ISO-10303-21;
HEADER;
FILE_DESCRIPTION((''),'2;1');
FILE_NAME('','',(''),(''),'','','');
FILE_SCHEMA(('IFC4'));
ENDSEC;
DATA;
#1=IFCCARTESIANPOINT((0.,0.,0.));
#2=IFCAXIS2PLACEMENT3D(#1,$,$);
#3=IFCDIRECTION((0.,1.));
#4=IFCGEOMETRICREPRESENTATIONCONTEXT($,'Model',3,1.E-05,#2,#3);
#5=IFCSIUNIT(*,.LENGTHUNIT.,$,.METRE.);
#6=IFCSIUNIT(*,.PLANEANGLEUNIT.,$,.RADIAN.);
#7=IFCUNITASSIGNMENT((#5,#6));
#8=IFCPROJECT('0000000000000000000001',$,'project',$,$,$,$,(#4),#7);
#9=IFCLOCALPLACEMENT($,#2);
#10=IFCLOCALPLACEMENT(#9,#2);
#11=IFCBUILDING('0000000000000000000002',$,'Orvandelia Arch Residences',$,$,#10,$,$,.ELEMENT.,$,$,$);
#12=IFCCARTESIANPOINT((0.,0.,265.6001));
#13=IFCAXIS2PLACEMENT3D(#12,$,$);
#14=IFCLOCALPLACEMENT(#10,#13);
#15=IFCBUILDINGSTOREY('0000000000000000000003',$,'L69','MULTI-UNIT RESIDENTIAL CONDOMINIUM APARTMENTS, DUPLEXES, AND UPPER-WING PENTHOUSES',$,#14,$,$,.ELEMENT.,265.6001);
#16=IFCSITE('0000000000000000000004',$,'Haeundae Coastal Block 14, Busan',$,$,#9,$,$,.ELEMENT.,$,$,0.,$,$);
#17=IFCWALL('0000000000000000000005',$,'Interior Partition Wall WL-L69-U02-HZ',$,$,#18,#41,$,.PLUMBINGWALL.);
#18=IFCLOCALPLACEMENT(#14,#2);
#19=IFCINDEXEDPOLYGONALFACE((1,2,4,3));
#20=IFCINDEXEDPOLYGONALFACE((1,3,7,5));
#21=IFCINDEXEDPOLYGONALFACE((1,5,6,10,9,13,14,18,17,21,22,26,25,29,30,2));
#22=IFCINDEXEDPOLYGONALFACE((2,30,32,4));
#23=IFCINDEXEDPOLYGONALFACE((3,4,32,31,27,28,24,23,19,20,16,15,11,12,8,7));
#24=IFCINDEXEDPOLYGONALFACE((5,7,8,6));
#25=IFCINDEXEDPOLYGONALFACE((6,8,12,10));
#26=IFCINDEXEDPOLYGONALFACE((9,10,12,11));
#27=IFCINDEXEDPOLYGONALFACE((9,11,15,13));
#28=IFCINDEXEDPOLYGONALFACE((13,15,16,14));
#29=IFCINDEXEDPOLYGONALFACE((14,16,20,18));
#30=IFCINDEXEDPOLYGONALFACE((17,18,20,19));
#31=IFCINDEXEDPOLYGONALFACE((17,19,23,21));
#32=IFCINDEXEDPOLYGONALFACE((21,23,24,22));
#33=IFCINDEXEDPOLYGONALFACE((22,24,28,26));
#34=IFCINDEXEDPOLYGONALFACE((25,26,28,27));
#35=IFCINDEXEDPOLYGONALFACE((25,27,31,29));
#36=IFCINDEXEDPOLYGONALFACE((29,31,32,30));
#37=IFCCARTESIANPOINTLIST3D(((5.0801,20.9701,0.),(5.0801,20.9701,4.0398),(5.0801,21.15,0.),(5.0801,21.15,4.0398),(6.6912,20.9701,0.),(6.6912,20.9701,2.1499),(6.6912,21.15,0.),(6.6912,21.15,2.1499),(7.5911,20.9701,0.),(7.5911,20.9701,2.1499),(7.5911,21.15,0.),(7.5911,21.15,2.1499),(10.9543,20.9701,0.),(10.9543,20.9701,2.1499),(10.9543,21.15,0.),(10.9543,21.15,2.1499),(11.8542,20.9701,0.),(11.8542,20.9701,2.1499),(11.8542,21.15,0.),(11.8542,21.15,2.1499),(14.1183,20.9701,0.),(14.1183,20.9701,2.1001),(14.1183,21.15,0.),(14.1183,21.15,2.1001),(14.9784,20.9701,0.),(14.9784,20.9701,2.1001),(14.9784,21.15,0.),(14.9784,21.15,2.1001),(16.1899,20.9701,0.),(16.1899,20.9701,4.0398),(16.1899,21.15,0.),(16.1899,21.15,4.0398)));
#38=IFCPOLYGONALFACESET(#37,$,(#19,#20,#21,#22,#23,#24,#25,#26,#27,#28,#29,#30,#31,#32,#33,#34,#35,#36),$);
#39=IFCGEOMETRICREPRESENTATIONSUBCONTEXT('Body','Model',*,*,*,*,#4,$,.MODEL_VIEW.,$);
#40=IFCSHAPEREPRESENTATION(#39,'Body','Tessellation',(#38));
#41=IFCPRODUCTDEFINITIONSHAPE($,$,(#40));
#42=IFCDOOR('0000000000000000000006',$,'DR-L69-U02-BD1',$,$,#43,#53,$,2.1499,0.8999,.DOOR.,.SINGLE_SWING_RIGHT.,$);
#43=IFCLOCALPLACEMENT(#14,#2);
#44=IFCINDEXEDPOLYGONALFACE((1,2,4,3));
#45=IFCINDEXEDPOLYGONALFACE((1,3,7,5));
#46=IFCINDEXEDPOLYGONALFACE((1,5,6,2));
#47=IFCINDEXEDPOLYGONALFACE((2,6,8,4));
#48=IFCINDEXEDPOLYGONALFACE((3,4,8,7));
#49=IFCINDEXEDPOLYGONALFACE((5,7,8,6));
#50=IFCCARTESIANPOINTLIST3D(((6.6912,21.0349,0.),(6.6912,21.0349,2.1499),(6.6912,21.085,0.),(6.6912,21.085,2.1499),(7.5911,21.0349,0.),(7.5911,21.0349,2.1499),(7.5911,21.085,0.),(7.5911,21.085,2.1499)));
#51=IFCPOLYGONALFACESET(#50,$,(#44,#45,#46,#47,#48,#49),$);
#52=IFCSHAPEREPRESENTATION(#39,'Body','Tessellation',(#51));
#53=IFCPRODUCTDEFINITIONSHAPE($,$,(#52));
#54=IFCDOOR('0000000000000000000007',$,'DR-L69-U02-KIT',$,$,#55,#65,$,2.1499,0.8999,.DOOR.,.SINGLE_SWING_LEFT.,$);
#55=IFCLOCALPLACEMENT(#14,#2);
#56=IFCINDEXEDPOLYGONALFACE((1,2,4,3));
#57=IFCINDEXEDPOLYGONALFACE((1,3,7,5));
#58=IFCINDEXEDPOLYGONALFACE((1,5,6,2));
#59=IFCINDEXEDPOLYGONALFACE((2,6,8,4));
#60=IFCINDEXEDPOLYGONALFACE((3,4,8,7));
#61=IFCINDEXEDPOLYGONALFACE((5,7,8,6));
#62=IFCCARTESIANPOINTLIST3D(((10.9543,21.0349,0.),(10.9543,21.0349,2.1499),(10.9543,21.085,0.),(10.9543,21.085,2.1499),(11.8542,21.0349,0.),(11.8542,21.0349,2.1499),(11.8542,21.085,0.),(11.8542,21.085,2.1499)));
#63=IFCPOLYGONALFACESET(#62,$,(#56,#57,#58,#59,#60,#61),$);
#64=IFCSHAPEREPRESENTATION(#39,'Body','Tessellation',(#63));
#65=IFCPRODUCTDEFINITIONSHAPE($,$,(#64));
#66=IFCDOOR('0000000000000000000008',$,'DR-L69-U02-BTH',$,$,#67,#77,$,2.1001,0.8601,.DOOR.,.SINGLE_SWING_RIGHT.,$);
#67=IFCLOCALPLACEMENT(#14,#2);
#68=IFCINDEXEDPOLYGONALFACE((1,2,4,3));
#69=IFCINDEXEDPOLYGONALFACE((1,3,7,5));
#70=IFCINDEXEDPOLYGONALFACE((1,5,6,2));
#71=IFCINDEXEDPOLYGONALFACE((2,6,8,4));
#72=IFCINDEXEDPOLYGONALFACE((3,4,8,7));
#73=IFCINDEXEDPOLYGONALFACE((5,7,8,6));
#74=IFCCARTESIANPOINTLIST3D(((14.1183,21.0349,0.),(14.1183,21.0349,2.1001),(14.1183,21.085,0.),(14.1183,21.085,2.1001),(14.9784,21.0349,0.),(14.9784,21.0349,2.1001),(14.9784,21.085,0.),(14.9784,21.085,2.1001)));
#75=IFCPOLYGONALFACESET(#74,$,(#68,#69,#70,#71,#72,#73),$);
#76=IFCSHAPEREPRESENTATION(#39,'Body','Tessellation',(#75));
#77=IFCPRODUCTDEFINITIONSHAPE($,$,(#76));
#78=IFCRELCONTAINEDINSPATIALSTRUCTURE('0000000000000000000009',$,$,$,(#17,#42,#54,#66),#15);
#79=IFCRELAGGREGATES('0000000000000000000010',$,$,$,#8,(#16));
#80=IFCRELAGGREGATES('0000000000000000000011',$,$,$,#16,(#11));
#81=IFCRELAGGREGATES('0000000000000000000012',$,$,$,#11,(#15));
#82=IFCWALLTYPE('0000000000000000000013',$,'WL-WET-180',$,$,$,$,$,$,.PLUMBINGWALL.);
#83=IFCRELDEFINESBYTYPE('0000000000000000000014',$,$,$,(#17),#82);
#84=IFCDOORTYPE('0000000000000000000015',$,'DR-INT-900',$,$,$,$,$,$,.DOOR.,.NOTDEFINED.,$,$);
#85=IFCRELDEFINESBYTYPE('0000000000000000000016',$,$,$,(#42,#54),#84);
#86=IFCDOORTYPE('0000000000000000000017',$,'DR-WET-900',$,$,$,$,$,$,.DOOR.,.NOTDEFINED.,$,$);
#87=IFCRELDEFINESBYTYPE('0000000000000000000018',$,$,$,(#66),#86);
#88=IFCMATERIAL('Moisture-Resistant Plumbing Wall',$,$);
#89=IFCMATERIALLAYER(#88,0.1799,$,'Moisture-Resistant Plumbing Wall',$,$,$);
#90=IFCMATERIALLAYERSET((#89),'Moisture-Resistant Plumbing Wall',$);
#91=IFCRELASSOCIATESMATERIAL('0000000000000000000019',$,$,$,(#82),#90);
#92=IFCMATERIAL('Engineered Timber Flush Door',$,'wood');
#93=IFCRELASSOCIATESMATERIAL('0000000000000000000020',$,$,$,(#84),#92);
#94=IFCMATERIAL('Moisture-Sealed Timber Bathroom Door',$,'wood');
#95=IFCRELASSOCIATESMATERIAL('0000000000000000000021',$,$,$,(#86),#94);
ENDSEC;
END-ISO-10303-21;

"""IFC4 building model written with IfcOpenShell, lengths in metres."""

from ifc_helpers import new_model, si_unit, direction, frame, frame_2d, origin, place, context, subcontext, project, spatial, rectangle, extrude, material, layer, layer_set, type_object, element, fill, save


model = new_model("IFC4")

# Units and contexts
model_context = context("Model", 3, precision=1e-05, world=origin(), true_north=direction((0.0, 1.0)))
body_context = subcontext(model_context, "Body", "Model", "MODEL_VIEW")
ifc_project = project(units=[si_unit("LENGTHUNIT", "METRE"), si_unit("PLANEANGLEUNIT", "RADIAN")], contexts=[model_context])

# Site, building, storey
site_placement = place(None, origin())
site = spatial("IfcSite", under=ifc_project, at=site_placement, Name="Haeundae Coastal Block 14, Busan", CompositionType="ELEMENT", RefElevation=0.0)
building_placement = place(site_placement, origin())
building = spatial("IfcBuilding", under=site, at=building_placement, Name="Orvandelia Arch Residences", CompositionType="ELEMENT")
storey_placement = place(building_placement, frame((0.0, 0.0, 265.6001)))
storey = spatial("IfcBuildingStorey", under=building, at=storey_placement, Name="L69", Description="MULTI-UNIT RESIDENTIAL CONDOMINIUM APARTMENTS, DUPLEXES, AND UPPER-WING PENTHOUSES", CompositionType="ELEMENT", Elevation=265.6001)

# Wall, openings, doors
ifc_material_1 = material(Name="Moisture-Resistant Plumbing Wall")
ifc_layer_1 = layer(ifc_material_1, 0.1799, Name="Moisture-Resistant Plumbing Wall")
ifc_layer_set_1 = layer_set([ifc_layer_1], Name="Moisture-Resistant Plumbing Wall")
wall_type_1 = type_object("IfcWallType", Name="WL-WET-180", PredefinedType="PLUMBINGWALL", material=ifc_layer_set_1)
wall_1_placement = place(storey_placement, frame((5.0801, 21.0601, 0.0), z_axis=(0.0, 0.0, 1.0), x_axis=(1.0, 0.0, 0.0)))
wall_1 = element("IfcWall", 1, at=wall_1_placement, inside=storey, type_object=wall_type_1, Name="Interior Partition Wall WL-L69-U02-HZ", PredefinedType="PLUMBINGWALL", context=body_context, shape_type="SweptSolid", body=[
    extrude(rectangle(XDim=11.1099, YDim=0.1799, at=frame_2d((5.5549, 0.0))), origin(), (0.0, 0.0, 1.0), 4.0398),
])
opening_1_placement = place(wall_1_placement, frame((1.6111, 0.0, 0.0)))
opening_1 = element("IfcOpeningElement", 2, at=opening_1_placement, cuts=wall_1, PredefinedType="OPENING", context=body_context, shape_type="SweptSolid", body=[
    extrude(rectangle(XDim=0.8999, YDim=2.1499, at=frame_2d((0.45, 1.075))), frame((0.0, 0.1001, 0.0), z_axis=(0.0, -1.0, 0.0), x_axis=(1.0, 0.0, 0.0)), (0.0, 0.0, 1.0), 0.2),
])
opening_2_placement = place(wall_1_placement, frame((5.8743, 0.0, 0.0)))
opening_2 = element("IfcOpeningElement", 3, at=opening_2_placement, cuts=wall_1, PredefinedType="OPENING", context=body_context, shape_type="SweptSolid", body=[
    extrude(rectangle(XDim=0.8999, YDim=2.1499, at=frame_2d((0.45, 1.075))), frame((0.0, 0.1001, 0.0), z_axis=(0.0, -1.0, 0.0), x_axis=(1.0, 0.0, 0.0)), (0.0, 0.0, 1.0), 0.2),
])
opening_3_placement = place(wall_1_placement, frame((9.0381, 0.0, 0.0)))
opening_3 = element("IfcOpeningElement", 4, at=opening_3_placement, cuts=wall_1, PredefinedType="OPENING", context=body_context, shape_type="SweptSolid", body=[
    extrude(rectangle(XDim=0.8601, YDim=2.1001, at=frame_2d((0.4302, 1.05))), frame((0.0, 0.1001, 0.0), z_axis=(0.0, -1.0, 0.0), x_axis=(1.0, 0.0, 0.0)), (0.0, 0.0, 1.0), 0.2),
])
ifc_material_2 = material(Name="Engineered Timber Flush Door", Category="wood")
door_type_1 = type_object("IfcDoorType", Name="DR-INT-900", OperationType="NOTDEFINED", PredefinedType="DOOR", material=ifc_material_2)
door_1_placement = place(opening_1_placement, origin())
door_1 = element("IfcDoor", 5, at=door_1_placement, inside=storey, type_object=door_type_1, Name="DR-L69-U02-BD1", OperationType="SINGLE_SWING_RIGHT", OverallHeight=2.1499, OverallWidth=0.8999, PredefinedType="DOOR", context=body_context, shape_type="SweptSolid", body=[
    extrude(rectangle(XDim=0.8999, YDim=2.1499, at=frame_2d((0.45, 1.075))), frame((0.0, 0.0249, 0.0), z_axis=(0.0, -1.0, 0.0), x_axis=(1.0, 0.0, 0.0)), (0.0, 0.0, 1.0), 0.05),
])
fill(opening_1, door_1)
door_2_placement = place(opening_2_placement, origin())
door_2 = element("IfcDoor", 6, at=door_2_placement, inside=storey, type_object=door_type_1, Name="DR-L69-U02-KIT", OperationType="SINGLE_SWING_LEFT", OverallHeight=2.1499, OverallWidth=0.8999, PredefinedType="DOOR", context=body_context, shape_type="SweptSolid", body=[
    extrude(rectangle(XDim=0.8999, YDim=2.1499, at=frame_2d((0.45, 1.075))), frame((0.0, 0.0249, 0.0), z_axis=(0.0, -1.0, 0.0), x_axis=(1.0, 0.0, 0.0)), (0.0, 0.0, 1.0), 0.05),
])
fill(opening_2, door_2)
ifc_material_3 = material(Name="Moisture-Sealed Timber Bathroom Door", Category="wood")
door_type_2 = type_object("IfcDoorType", Name="DR-WET-900", OperationType="NOTDEFINED", PredefinedType="DOOR", material=ifc_material_3)
door_3_placement = place(opening_3_placement, origin())
door_3 = element("IfcDoor", 7, at=door_3_placement, inside=storey, type_object=door_type_2, Name="DR-L69-U02-BTH", OperationType="SINGLE_SWING_RIGHT", OverallHeight=2.1001, OverallWidth=0.8601, PredefinedType="DOOR", context=body_context, shape_type="SweptSolid", body=[
    extrude(rectangle(XDim=0.8601, YDim=2.1001, at=frame_2d((0.4302, 1.05))), frame((0.0, 0.0249, 0.0), z_axis=(0.0, -1.0, 0.0), x_axis=(1.0, 0.0, 0.0)), (0.0, 0.0, 1.0), 0.05),
])
fill(opening_3, door_3)

save(model, "model.ifc")
